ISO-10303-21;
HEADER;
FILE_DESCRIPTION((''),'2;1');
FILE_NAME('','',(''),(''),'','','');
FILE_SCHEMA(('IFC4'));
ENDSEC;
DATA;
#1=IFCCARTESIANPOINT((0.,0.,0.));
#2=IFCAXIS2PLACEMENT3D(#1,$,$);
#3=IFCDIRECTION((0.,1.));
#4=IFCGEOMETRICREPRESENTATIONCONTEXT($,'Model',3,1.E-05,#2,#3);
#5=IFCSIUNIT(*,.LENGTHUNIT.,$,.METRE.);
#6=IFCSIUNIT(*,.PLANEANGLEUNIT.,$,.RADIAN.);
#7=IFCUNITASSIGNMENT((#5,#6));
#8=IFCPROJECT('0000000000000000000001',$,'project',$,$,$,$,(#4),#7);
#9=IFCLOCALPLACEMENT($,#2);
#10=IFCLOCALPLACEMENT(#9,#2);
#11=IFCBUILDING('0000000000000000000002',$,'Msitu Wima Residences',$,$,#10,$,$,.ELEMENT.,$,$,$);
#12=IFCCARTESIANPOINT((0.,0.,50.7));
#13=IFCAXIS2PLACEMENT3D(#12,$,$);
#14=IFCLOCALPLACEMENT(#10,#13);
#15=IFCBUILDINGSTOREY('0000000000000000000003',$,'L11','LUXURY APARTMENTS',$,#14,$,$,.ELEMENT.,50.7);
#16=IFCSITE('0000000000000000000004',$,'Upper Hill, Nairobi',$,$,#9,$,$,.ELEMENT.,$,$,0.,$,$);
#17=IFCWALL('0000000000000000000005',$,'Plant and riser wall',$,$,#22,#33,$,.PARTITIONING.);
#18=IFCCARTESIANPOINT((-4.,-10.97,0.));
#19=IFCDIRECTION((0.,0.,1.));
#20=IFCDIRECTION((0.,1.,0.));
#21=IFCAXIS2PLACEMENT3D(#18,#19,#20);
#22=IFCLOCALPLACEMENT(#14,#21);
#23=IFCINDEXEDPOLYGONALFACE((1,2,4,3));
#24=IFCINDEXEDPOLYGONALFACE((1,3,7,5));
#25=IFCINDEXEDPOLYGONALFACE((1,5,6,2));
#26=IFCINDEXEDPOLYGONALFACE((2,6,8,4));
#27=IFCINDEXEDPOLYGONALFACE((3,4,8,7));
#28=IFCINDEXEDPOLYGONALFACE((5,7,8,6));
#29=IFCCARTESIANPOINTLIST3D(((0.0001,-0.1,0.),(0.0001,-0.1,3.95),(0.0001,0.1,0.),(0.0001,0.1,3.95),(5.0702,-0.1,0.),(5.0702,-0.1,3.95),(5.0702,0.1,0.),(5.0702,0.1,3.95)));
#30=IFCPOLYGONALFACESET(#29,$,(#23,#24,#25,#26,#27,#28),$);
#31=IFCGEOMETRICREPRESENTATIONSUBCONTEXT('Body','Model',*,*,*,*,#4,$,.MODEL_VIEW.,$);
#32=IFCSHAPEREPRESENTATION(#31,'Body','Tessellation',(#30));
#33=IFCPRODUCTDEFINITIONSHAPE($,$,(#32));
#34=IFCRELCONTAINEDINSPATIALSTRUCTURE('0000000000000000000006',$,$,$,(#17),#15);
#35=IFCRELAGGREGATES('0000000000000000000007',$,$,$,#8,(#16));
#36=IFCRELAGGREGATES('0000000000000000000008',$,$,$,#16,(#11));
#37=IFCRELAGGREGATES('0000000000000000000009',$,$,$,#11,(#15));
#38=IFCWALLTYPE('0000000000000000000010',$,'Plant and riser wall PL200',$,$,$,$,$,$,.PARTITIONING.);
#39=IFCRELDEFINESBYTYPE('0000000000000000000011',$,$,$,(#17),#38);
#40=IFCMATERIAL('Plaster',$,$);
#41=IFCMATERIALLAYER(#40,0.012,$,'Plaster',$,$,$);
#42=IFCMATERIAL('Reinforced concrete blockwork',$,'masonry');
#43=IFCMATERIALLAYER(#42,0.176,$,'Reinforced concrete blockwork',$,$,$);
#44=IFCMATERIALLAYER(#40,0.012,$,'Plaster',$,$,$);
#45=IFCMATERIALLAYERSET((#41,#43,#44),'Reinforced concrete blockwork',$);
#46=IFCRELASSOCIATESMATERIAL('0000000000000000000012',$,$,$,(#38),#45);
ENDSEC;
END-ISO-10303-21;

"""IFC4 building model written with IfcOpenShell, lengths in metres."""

from ifc_helpers import new_model, si_unit, direction, frame, frame_2d, origin, place, context, subcontext, project, spatial, rectangle, extrude, material, layer, layer_set, type_object, element, save


model = new_model("IFC4")

# Units and contexts
model_context = context("Model", 3, precision=1e-05, world=origin(), true_north=direction((0.0, 1.0)))
body_context = subcontext(model_context, "Body", "Model", "MODEL_VIEW")
ifc_project = project(units=[si_unit("LENGTHUNIT", "METRE"), si_unit("PLANEANGLEUNIT", "RADIAN")], contexts=[model_context])

# Site, building, storey
site_placement = place(None, origin())
site = spatial("IfcSite", under=ifc_project, at=site_placement, Name="Upper Hill, Nairobi", CompositionType="ELEMENT", RefElevation=0.0)
building_placement = place(site_placement, origin())
building = spatial("IfcBuilding", under=site, at=building_placement, Name="Msitu Wima Residences", CompositionType="ELEMENT")
storey_placement = place(building_placement, frame((0.0, 0.0, 50.7)))
storey = spatial("IfcBuildingStorey", under=building, at=storey_placement, Name="L11", Description="LUXURY APARTMENTS", CompositionType="ELEMENT", Elevation=50.7)

# Wall
ifc_material_1 = material(Name="Plaster")
ifc_layer_1 = layer(ifc_material_1, 0.012, Name="Plaster")
ifc_material_2 = material(Name="Reinforced concrete blockwork", Category="masonry")
ifc_layer_2 = layer(ifc_material_2, 0.176, Name="Reinforced concrete blockwork")
ifc_layer_3 = layer(ifc_material_1, 0.012, Name="Plaster")
ifc_layer_set_1 = layer_set([ifc_layer_1, ifc_layer_2, ifc_layer_3], Name="Reinforced concrete blockwork")
wall_type_1 = type_object("IfcWallType", Name="Plant and riser wall PL200", PredefinedType="PARTITIONING", material=ifc_layer_set_1)
wall_1_placement = place(storey_placement, frame((-4.0, -10.97, 0.0), z_axis=(0.0, 0.0, 1.0), x_axis=(0.0, 1.0, 0.0)))
element("IfcWall", 1, at=wall_1_placement, inside=storey, type_object=wall_type_1, Name="Plant and riser wall", PredefinedType="PARTITIONING", context=body_context, shape_type="SweptSolid", body=[
    extrude(rectangle(XDim=5.0701, YDim=0.2, at=frame_2d((2.5352, 0.0))), origin(), (0.0, 0.0, 1.0), 3.95),
])

save(model, "model.ifc")
